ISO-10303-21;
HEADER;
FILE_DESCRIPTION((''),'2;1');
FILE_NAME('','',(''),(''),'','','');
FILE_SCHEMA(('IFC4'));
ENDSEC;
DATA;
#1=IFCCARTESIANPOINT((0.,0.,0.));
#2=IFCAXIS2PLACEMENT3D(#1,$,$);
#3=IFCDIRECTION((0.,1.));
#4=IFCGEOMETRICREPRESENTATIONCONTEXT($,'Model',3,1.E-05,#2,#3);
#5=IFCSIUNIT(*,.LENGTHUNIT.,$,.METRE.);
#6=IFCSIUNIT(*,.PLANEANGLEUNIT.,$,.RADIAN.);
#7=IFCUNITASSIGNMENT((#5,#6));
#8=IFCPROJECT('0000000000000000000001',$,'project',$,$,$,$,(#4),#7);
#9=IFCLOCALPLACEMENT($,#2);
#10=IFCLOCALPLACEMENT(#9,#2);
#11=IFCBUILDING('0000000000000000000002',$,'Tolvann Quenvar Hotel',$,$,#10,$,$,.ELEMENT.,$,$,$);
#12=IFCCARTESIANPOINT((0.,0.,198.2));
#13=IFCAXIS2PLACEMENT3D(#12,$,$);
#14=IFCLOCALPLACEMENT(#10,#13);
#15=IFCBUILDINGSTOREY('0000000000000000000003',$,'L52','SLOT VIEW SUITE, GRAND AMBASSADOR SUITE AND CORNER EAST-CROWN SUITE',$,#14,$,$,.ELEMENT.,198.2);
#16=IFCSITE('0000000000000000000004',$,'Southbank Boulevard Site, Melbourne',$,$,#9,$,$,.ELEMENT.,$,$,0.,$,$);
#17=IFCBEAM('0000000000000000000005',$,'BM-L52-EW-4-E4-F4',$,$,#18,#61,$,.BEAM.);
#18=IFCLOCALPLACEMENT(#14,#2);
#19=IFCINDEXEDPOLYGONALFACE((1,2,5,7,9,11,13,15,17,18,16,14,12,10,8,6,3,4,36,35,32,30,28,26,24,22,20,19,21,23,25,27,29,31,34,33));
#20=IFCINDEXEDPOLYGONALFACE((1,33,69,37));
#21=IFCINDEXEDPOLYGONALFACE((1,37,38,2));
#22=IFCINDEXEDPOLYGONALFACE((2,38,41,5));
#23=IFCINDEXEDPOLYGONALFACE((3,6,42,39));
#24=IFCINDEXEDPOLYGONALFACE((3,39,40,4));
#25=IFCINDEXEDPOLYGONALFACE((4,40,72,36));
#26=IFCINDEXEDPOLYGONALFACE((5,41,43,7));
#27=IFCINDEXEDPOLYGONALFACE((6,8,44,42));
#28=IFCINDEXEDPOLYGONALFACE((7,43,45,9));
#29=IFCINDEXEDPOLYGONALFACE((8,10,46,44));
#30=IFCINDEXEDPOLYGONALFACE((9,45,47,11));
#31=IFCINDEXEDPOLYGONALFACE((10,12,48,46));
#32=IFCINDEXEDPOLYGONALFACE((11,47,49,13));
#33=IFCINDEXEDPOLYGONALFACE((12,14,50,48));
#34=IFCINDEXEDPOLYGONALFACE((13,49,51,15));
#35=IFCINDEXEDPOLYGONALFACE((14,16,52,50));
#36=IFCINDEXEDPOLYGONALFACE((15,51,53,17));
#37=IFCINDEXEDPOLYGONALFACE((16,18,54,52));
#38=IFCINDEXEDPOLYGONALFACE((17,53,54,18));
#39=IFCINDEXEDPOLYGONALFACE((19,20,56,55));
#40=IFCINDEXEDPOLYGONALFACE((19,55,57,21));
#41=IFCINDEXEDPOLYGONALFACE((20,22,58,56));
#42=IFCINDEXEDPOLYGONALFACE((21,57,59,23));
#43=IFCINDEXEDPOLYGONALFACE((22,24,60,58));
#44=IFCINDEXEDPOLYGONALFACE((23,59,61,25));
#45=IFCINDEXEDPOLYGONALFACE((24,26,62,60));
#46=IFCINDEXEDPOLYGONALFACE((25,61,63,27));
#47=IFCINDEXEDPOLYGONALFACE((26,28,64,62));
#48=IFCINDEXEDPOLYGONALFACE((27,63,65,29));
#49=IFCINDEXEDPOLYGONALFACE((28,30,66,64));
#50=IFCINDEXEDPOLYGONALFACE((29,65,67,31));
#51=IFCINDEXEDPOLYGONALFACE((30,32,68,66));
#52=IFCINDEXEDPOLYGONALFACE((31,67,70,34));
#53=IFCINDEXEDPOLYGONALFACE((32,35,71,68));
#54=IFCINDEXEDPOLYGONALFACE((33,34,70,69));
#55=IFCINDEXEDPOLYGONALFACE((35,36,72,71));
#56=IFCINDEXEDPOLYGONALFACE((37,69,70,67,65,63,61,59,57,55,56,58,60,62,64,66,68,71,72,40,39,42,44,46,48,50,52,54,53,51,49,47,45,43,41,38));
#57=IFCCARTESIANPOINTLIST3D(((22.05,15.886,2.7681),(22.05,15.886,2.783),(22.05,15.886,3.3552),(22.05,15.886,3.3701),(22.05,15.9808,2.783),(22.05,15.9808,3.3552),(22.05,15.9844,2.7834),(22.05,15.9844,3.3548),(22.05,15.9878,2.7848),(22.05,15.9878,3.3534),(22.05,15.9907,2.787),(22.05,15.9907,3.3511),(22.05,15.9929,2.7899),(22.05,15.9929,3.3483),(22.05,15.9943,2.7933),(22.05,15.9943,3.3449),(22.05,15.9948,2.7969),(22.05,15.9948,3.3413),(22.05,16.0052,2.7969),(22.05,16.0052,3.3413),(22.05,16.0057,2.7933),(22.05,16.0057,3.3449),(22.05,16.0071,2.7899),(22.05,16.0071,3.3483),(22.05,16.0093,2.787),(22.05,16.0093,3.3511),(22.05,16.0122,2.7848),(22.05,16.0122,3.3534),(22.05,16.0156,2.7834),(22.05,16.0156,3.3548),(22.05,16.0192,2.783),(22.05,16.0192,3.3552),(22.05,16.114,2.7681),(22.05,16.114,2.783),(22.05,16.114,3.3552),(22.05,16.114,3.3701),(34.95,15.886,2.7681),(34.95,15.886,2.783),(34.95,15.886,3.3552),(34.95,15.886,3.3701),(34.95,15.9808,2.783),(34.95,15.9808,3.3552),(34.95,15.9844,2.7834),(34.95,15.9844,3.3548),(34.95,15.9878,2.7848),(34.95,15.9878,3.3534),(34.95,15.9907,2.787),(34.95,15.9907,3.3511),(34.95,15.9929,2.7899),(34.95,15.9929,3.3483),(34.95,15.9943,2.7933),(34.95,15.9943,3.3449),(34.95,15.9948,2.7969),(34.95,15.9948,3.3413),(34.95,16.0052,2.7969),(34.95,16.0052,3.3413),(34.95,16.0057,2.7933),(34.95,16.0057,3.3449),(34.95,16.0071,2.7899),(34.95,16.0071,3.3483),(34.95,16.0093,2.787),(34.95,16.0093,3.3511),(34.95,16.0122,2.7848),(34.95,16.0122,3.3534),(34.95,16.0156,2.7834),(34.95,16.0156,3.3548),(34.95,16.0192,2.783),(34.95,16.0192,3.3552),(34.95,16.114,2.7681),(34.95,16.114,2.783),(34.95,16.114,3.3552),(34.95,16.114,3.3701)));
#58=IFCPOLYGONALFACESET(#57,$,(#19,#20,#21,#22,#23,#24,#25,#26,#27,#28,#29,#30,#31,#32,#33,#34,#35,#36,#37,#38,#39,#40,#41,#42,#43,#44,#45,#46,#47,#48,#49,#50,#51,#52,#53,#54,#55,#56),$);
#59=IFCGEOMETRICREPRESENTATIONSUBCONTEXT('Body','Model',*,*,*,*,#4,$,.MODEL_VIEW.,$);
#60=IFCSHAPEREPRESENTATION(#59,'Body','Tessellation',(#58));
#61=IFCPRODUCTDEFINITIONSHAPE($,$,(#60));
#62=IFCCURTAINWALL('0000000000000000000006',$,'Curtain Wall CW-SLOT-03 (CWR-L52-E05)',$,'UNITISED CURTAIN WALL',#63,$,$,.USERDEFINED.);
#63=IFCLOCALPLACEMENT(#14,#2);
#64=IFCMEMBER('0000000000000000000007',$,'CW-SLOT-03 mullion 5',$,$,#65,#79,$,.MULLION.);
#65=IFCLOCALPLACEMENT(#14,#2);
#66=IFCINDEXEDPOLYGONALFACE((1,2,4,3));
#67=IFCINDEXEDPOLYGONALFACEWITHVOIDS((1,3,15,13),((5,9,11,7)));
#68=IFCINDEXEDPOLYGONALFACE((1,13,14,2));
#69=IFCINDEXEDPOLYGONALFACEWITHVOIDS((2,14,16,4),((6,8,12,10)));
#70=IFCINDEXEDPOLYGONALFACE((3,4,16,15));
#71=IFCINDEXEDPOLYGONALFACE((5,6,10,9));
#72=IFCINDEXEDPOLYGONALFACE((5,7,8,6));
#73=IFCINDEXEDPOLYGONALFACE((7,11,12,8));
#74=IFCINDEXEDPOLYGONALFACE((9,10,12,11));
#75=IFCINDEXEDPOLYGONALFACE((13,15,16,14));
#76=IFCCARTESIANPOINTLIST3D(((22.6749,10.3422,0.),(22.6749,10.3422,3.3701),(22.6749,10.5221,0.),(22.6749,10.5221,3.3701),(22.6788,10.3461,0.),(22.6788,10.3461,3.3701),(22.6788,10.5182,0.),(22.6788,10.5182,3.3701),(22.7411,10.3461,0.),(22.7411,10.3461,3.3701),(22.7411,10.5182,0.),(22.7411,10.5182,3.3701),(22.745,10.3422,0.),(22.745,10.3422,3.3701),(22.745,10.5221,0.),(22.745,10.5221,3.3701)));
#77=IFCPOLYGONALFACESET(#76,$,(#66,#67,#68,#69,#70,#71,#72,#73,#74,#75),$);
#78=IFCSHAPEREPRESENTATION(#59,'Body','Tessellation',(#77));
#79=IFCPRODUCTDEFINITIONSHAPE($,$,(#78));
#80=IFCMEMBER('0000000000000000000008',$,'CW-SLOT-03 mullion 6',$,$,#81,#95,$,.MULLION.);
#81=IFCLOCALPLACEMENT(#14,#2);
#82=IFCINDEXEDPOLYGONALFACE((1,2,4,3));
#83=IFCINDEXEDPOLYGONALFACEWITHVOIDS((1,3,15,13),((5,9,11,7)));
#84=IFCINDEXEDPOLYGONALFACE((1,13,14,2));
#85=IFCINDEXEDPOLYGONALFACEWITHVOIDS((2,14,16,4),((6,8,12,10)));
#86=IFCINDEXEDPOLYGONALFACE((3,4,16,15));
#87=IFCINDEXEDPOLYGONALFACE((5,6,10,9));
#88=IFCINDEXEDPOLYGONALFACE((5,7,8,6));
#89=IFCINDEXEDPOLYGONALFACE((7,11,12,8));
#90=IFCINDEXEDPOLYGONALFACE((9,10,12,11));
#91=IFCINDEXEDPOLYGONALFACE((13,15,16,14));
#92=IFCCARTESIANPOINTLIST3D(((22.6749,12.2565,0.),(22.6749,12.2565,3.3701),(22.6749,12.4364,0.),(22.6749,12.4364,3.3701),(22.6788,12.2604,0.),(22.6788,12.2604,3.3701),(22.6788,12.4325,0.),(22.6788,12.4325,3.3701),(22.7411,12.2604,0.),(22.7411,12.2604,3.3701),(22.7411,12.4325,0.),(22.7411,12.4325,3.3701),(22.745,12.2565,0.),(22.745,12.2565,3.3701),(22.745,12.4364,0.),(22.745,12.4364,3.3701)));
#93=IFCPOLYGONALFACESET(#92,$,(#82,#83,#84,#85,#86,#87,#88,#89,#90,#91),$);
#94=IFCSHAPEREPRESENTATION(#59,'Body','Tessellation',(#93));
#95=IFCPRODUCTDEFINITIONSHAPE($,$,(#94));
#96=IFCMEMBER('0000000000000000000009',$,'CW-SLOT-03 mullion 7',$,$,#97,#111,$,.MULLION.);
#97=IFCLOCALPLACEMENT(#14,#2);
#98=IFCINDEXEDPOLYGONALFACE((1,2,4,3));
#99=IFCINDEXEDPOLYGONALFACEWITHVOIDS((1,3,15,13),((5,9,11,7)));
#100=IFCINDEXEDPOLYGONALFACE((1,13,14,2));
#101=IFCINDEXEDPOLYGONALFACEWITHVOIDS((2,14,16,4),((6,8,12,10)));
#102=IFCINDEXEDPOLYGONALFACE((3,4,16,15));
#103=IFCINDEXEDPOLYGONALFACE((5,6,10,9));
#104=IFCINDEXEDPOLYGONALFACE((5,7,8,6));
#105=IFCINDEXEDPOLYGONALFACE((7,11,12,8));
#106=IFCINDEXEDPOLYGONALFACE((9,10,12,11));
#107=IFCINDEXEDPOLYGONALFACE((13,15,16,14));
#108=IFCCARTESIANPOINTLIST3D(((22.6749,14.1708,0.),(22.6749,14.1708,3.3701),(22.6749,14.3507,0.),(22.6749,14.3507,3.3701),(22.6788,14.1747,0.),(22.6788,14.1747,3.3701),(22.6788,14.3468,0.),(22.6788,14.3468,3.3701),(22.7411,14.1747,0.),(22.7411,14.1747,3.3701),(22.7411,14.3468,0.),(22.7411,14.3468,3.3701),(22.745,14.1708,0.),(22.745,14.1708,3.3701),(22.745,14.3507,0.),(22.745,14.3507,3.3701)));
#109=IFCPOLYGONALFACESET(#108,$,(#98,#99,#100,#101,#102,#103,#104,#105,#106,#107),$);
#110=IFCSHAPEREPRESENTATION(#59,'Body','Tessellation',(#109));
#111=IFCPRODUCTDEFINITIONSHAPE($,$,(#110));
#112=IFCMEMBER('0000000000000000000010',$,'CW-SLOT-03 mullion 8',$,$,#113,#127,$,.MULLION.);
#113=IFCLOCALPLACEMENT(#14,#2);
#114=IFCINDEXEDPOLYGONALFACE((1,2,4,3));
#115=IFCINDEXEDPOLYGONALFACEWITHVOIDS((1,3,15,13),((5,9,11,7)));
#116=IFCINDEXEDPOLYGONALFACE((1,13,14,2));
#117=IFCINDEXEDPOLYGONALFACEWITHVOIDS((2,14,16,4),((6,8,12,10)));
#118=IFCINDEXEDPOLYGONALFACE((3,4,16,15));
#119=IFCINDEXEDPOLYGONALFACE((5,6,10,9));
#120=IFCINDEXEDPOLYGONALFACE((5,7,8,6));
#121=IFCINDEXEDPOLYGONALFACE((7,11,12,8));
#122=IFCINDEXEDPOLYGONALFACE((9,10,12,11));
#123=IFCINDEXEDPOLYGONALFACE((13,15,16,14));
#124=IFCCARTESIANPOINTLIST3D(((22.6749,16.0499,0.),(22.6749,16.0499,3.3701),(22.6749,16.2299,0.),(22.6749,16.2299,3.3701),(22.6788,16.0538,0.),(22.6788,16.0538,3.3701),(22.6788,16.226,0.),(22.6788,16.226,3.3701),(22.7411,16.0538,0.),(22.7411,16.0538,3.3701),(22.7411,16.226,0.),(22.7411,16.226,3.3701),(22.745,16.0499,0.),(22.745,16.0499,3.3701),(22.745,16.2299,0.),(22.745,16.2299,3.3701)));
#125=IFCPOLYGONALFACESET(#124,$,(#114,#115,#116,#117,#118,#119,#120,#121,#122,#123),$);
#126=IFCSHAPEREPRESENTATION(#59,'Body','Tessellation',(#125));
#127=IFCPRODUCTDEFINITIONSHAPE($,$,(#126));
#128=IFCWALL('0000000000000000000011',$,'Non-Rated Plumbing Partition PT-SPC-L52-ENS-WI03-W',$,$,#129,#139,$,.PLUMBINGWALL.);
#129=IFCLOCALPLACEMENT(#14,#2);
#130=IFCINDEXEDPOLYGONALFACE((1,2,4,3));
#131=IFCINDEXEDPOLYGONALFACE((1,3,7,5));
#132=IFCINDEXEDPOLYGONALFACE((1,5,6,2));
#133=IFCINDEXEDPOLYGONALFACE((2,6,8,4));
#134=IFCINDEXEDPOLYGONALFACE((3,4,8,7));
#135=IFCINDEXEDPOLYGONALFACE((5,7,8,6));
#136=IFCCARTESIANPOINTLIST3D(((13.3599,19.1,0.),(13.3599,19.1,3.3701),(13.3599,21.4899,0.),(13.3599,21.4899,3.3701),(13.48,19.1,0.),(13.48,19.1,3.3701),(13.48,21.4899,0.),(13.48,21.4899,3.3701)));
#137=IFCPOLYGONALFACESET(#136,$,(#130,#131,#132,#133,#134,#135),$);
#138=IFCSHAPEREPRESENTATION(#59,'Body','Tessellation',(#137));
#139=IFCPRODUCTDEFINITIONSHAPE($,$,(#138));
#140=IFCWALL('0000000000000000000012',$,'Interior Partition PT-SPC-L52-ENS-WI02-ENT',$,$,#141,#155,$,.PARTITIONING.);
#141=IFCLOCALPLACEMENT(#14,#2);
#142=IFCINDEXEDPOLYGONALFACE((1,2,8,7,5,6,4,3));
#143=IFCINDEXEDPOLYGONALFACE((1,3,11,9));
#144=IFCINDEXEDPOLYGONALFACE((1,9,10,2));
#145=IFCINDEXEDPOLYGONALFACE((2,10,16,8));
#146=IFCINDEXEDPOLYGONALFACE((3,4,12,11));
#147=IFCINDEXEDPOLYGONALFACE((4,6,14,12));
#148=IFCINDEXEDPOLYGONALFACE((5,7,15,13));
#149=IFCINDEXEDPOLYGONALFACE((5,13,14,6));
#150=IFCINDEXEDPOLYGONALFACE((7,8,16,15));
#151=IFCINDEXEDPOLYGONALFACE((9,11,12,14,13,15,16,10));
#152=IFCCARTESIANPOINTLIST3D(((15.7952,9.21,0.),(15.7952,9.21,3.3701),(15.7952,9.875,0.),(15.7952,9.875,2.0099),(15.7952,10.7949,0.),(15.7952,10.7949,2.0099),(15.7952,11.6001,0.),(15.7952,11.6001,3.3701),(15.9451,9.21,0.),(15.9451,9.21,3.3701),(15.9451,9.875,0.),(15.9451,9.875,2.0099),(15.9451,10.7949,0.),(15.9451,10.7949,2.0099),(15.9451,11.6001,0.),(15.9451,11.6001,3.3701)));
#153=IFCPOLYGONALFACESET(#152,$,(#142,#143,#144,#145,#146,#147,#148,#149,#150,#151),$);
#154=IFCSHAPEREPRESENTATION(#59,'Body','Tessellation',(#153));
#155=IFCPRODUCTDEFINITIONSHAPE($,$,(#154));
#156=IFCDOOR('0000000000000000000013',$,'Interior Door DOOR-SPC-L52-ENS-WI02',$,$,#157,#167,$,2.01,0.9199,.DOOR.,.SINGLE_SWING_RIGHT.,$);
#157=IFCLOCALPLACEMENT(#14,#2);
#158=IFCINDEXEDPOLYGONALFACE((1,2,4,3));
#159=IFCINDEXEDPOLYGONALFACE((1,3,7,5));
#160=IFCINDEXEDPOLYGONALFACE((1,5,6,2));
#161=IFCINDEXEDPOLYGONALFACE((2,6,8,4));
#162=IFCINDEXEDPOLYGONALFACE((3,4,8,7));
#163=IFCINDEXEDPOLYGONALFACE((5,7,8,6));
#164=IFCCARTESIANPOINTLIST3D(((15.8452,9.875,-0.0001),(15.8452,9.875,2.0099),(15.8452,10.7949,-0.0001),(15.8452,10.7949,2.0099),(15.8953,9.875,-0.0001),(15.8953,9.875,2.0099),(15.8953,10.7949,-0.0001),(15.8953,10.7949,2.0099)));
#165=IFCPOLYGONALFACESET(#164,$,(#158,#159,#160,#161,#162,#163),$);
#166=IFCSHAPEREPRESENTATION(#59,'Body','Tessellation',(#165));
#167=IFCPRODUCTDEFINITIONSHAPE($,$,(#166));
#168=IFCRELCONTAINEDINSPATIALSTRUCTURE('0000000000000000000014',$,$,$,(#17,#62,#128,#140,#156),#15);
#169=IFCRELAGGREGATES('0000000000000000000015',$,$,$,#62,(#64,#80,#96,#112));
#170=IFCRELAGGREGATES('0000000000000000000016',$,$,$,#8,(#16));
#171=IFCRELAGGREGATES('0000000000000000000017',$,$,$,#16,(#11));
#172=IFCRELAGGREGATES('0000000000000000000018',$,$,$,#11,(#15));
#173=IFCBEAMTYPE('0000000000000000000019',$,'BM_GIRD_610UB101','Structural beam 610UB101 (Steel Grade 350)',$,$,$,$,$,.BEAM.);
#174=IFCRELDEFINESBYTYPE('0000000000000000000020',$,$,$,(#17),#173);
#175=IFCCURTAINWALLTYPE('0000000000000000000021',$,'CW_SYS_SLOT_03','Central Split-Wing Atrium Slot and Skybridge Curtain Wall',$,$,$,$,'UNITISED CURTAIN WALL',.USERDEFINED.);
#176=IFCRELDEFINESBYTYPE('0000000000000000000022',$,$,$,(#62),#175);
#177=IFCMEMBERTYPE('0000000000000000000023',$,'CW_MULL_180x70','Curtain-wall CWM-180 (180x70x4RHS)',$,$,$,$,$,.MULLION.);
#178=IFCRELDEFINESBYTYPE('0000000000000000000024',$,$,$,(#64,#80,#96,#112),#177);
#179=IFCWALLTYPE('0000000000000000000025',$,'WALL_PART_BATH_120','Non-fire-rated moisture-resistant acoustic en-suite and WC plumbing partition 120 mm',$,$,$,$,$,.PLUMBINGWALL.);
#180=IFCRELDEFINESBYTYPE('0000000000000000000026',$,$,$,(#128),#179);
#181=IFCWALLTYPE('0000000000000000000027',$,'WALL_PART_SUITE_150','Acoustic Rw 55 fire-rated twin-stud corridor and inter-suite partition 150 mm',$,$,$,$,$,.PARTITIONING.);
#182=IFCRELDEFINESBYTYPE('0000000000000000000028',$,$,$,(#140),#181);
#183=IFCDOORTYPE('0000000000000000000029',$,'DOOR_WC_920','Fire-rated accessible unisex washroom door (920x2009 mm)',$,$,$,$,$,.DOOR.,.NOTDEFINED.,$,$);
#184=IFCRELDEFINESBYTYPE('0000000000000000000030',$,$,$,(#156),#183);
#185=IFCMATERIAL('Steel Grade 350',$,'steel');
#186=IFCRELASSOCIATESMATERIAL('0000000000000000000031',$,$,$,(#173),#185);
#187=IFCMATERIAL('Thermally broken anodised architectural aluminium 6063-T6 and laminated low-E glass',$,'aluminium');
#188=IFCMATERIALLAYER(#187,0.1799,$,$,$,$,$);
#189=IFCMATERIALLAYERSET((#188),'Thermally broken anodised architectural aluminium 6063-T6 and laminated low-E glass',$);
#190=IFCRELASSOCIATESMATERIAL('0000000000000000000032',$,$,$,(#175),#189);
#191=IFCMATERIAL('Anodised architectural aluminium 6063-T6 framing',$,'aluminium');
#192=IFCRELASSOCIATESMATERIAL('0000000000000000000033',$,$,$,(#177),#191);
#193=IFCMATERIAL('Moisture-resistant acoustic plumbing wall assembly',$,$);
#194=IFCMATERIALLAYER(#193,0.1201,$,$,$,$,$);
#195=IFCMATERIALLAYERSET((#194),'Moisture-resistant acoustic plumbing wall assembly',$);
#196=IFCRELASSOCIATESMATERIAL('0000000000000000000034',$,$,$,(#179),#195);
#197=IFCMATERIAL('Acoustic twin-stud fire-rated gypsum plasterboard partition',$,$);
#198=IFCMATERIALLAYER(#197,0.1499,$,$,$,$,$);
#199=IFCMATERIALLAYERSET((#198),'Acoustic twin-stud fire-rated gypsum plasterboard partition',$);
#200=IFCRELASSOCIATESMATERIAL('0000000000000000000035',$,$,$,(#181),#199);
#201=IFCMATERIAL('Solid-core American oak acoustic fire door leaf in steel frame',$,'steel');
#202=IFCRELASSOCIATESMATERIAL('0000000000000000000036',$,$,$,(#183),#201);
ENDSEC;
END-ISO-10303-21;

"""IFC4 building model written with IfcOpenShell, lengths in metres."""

from ifc_helpers import new_model, si_unit, direction, frame, frame_2d, origin, origin_2d, place, context, subcontext, project, spatial, rectangle, hollow_rectangle, i_section, extrude, source, transform, mapped, material, layer, layer_set, material_profile, profile_set, type_object, type_shapes, element, fill, aggregate, save


model = new_model("IFC4")

# Units and contexts
model_context = context("Model", 3, precision=1e-05, world=origin(), true_north=direction((0.0, 1.0)))
body_context = subcontext(model_context, "Body", "Model", "MODEL_VIEW")
ifc_project = project(units=[si_unit("LENGTHUNIT", "METRE"), si_unit("PLANEANGLEUNIT", "RADIAN")], contexts=[model_context])

# Site, building, storey
site_placement = place(None, origin())
site = spatial("IfcSite", under=ifc_project, at=site_placement, Name="Southbank Boulevard Site, Melbourne", CompositionType="ELEMENT", RefElevation=0.0)
building_placement = place(site_placement, origin())
building = spatial("IfcBuilding", under=site, at=building_placement, Name="Tolvann Quenvar Hotel", CompositionType="ELEMENT")
storey_placement = place(building_placement, frame((0.0, 0.0, 198.2)))
storey = spatial("IfcBuildingStorey", under=building, at=storey_placement, Name="L52", Description="SLOT VIEW SUITE, GRAND AMBASSADOR SUITE AND CORNER EAST-CROWN SUITE", CompositionType="ELEMENT", Elevation=198.2)

# Shared definitions
ifc_material_1 = material(Name="Steel Grade 350", Category="steel")

# Beam
ifc_material_profile_1 = material_profile(ifc_material_1, i_section(OverallWidth=0.228, OverallDepth=0.6021, WebThickness=0.0105, FlangeThickness=0.0149, FilletRadius=0.0139, at=origin_2d()), Name="610UB101")
ifc_profile_set_1 = profile_set([ifc_material_profile_1], Name="Steel Grade 350")
beam_type_1 = type_object("IfcBeamType", Name="BM_GIRD_610UB101", Description="Structural beam 610UB101 (Steel Grade 350)", PredefinedType="BEAM", material=ifc_profile_set_1)
shared_shape_1 = source(origin(), body_context, "Body", "SweptSolid", [
    extrude(i_section(OverallWidth=0.228, OverallDepth=0.6021, WebThickness=0.0105, FlangeThickness=0.0149, FilletRadius=0.0139, at=origin_2d()), origin(), (0.0, 0.0, 1.0), 12.8999),
])
beam_1_placement = place(storey_placement, frame((22.05, 16.0, 3.0691), z_axis=(1.0, 0.0, 0.0), x_axis=(0.0, 1.0, 0.0)))
element("IfcBeam", 1, at=beam_1_placement, inside=storey, type_object=beam_type_1, Name="BM-L52-EW-4-E4-F4", PredefinedType="BEAM", context=body_context, shape_type="MappedRepresentation", body=[
    mapped(shared_shape_1, transform((0.0, 0.0, 0.0), x_axis=(1.0, 0.0, 0.0), y_axis=(0.0, 1.0, 0.0), z_axis=(0.0, 0.0, 1.0), scale=1.0)),
])

# Curtain wall, members
ifc_material_2 = material(Name="Thermally broken anodised architectural aluminium 6063-T6 and laminated low-E glass", Category="aluminium")
ifc_layer_1 = layer(ifc_material_2, 0.1799)
ifc_layer_set_1 = layer_set([ifc_layer_1], Name="Thermally broken anodised architectural aluminium 6063-T6 and laminated low-E glass")
curtain_wall_type = type_object("IfcCurtainWallType", Name="CW_SYS_SLOT_03", Description="Central Split-Wing Atrium Slot and Skybridge Curtain Wall", ElementType="UNITISED CURTAIN WALL", PredefinedType="USERDEFINED", material=ifc_layer_set_1)
curtain_wall_placement = place(storey_placement, origin())
curtain_wall = element("IfcCurtainWall", 2, at=curtain_wall_placement, inside=storey, type_object=curtain_wall_type, Name="Curtain Wall CW-SLOT-03 (CWR-L52-E05)", ObjectType="UNITISED CURTAIN WALL", PredefinedType="USERDEFINED")
ifc_material_3 = material(Name="Anodised architectural aluminium 6063-T6 framing", Category="aluminium")
ifc_material_profile_2 = material_profile(ifc_material_3, hollow_rectangle(XDim=0.0701, YDim=0.1799, WallThickness=0.0039, at=origin_2d()), Name="180x70x4RHS")
ifc_profile_set_2 = profile_set([ifc_material_profile_2], Name="Anodised architectural aluminium 6063-T6 framing")
member_type = type_object("IfcMemberType", Name="CW_MULL_180x70", Description="Curtain-wall CWM-180 (180x70x4RHS)", PredefinedType="MULLION", material=ifc_profile_set_2)
shared_shape_2 = source(origin(), body_context, "Body", "SweptSolid", [
    extrude(hollow_rectangle(XDim=0.0701, YDim=0.1799, WallThickness=0.0039, at=origin_2d()), origin(), (0.0, 0.0, 1.0), 3.3701),
])
type_shapes(member_type, [shared_shape_2])
member_1_placement = place(storey_placement, frame((22.71, 10.4321, 0.0), z_axis=(0.0, 0.0, 1.0), x_axis=(-1.0, 0.0, 0.0)))
member_1 = element("IfcMember", 3, at=member_1_placement, type_object=member_type, Name="CW-SLOT-03 mullion 5", PredefinedType="MULLION", context=body_context, shape_type="MappedRepresentation", body=[
    mapped(shared_shape_2, transform((0.0, 0.0, 0.0), x_axis=(1.0, 0.0, 0.0), y_axis=(0.0, 1.0, 0.0), z_axis=(0.0, 0.0, 1.0), scale=1.0)),
])
member_2_placement = place(storey_placement, frame((22.71, 12.3464, 0.0), z_axis=(0.0, 0.0, 1.0), x_axis=(-1.0, 0.0, 0.0)))
member_2 = element("IfcMember", 4, at=member_2_placement, type_object=member_type, Name="CW-SLOT-03 mullion 6", PredefinedType="MULLION", context=body_context, shape_type="MappedRepresentation", body=[
    mapped(shared_shape_2, transform((0.0, 0.0, 0.0), x_axis=(1.0, 0.0, 0.0), y_axis=(0.0, 1.0, 0.0), z_axis=(0.0, 0.0, 1.0), scale=1.0)),
])
member_3_placement = place(storey_placement, frame((22.71, 14.2607, 0.0), z_axis=(0.0, 0.0, 1.0), x_axis=(-1.0, 0.0, 0.0)))
member_3 = element("IfcMember", 5, at=member_3_placement, type_object=member_type, Name="CW-SLOT-03 mullion 7", PredefinedType="MULLION", context=body_context, shape_type="MappedRepresentation", body=[
    mapped(shared_shape_2, transform((0.0, 0.0, 0.0), x_axis=(1.0, 0.0, 0.0), y_axis=(0.0, 1.0, 0.0), z_axis=(0.0, 0.0, 1.0), scale=1.0)),
])
member_4_placement = place(storey_placement, frame((22.71, 16.1399, 0.0), z_axis=(0.0, 0.0, 1.0), x_axis=(-1.0, 0.0, 0.0)))
member_4 = element("IfcMember", 6, at=member_4_placement, type_object=member_type, Name="CW-SLOT-03 mullion 8", PredefinedType="MULLION", context=body_context, shape_type="MappedRepresentation", body=[
    mapped(shared_shape_2, transform((0.0, 0.0, 0.0), x_axis=(1.0, 0.0, 0.0), y_axis=(0.0, 1.0, 0.0), z_axis=(0.0, 0.0, 1.0), scale=1.0)),
])
aggregate(curtain_wall, [member_1, member_2, member_3, member_4])

# Wall
ifc_material_4 = material(Name="Moisture-resistant acoustic plumbing wall assembly")
ifc_layer_2 = layer(ifc_material_4, 0.1201)
ifc_layer_set_2 = layer_set([ifc_layer_2], Name="Moisture-resistant acoustic plumbing wall assembly")
wall_type_1 = type_object("IfcWallType", Name="WALL_PART_BATH_120", Description="Non-fire-rated moisture-resistant acoustic en-suite and WC plumbing partition 120 mm", PredefinedType="PLUMBINGWALL", material=ifc_layer_set_2)
wall_1_placement = place(storey_placement, frame((13.4199, 19.1001, 0.0), z_axis=(0.0, 0.0, 1.0), x_axis=(0.0, 1.0, 0.0)))
element("IfcWall", 7, at=wall_1_placement, inside=storey, type_object=wall_type_1, Name="Non-Rated Plumbing Partition PT-SPC-L52-ENS-WI03-W", PredefinedType="PLUMBINGWALL", context=body_context, shape_type="SweptSolid", body=[
    extrude(rectangle(XDim=2.3899, YDim=0.1201, at=frame_2d((1.1948, 0.0))), origin(), (0.0, 0.0, 1.0), 3.3701),
])

# Wall, opening, door
ifc_material_5 = material(Name="Acoustic twin-stud fire-rated gypsum plasterboard partition")
ifc_layer_3 = layer(ifc_material_5, 0.1499)
ifc_layer_set_3 = layer_set([ifc_layer_3], Name="Acoustic twin-stud fire-rated gypsum plasterboard partition")
wall_type_2 = type_object("IfcWallType", Name="WALL_PART_SUITE_150", Description="Acoustic Rw 55 fire-rated twin-stud corridor and inter-suite partition 150 mm", PredefinedType="PARTITIONING", material=ifc_layer_set_3)
wall_2_placement = place(storey_placement, frame((15.8701, 9.21, 0.0), z_axis=(0.0, 0.0, 1.0), x_axis=(0.0, 1.0, 0.0)))
wall_2 = element("IfcWall", 8, at=wall_2_placement, inside=storey, type_object=wall_type_2, Name="Interior Partition PT-SPC-L52-ENS-WI02-ENT", PredefinedType="PARTITIONING", context=body_context, shape_type="SweptSolid", body=[
    extrude(rectangle(XDim=2.3901, YDim=0.1499, at=frame_2d((1.1951, 0.0))), origin(), (0.0, 0.0, 1.0), 3.3701),
])
opening_1_placement = place(wall_2_placement, frame((0.665, 0.0, 0.0)))
opening_1 = element("IfcOpeningElement", 9, at=opening_1_placement, cuts=wall_2, PredefinedType="OPENING", context=body_context, shape_type="SweptSolid", body=[
    extrude(rectangle(XDim=0.9199, YDim=2.01, at=frame_2d((0.46, 1.0049))), frame((0.0, 0.085, 0.0), z_axis=(0.0, -1.0, 0.0), x_axis=(1.0, 0.0, 0.0)), (0.0, 0.0, 1.0), 0.1699),
])
ifc_material_6 = material(Name="Solid-core American oak acoustic fire door leaf in steel frame", Category="steel")
door_type = type_object("IfcDoorType", Name="DOOR_WC_920", Description="Fire-rated accessible unisex washroom door (920x2009 mm)", OperationType="NOTDEFINED", PredefinedType="DOOR", material=ifc_material_6)
shared_shape_3 = source(origin(), body_context, "Body", "SweptSolid", [
    extrude(rectangle(XDim=0.9199, YDim=2.01, at=frame_2d((0.46, 1.0049))), frame((0.0, 0.0249, 0.0), z_axis=(0.0, -1.0, 0.0), x_axis=(1.0, 0.0, 0.0)), (0.0, 0.0, 1.0), 0.05),
])
type_shapes(door_type, [shared_shape_3])
door_1_placement = place(opening_1_placement, origin())
door_1 = element("IfcDoor", 10, at=door_1_placement, inside=storey, type_object=door_type, Name="Interior Door DOOR-SPC-L52-ENS-WI02", OperationType="SINGLE_SWING_RIGHT", OverallHeight=2.01, OverallWidth=0.9199, PredefinedType="DOOR", context=body_context, shape_type="MappedRepresentation", body=[
    mapped(shared_shape_3, transform((0.0, 0.0, 0.0), x_axis=(1.0, 0.0, 0.0), y_axis=(0.0, 1.0, 0.0), z_axis=(0.0, 0.0, 1.0), scale=1.0)),
])
fill(opening_1, door_1)

save(model, "model.ifc")
